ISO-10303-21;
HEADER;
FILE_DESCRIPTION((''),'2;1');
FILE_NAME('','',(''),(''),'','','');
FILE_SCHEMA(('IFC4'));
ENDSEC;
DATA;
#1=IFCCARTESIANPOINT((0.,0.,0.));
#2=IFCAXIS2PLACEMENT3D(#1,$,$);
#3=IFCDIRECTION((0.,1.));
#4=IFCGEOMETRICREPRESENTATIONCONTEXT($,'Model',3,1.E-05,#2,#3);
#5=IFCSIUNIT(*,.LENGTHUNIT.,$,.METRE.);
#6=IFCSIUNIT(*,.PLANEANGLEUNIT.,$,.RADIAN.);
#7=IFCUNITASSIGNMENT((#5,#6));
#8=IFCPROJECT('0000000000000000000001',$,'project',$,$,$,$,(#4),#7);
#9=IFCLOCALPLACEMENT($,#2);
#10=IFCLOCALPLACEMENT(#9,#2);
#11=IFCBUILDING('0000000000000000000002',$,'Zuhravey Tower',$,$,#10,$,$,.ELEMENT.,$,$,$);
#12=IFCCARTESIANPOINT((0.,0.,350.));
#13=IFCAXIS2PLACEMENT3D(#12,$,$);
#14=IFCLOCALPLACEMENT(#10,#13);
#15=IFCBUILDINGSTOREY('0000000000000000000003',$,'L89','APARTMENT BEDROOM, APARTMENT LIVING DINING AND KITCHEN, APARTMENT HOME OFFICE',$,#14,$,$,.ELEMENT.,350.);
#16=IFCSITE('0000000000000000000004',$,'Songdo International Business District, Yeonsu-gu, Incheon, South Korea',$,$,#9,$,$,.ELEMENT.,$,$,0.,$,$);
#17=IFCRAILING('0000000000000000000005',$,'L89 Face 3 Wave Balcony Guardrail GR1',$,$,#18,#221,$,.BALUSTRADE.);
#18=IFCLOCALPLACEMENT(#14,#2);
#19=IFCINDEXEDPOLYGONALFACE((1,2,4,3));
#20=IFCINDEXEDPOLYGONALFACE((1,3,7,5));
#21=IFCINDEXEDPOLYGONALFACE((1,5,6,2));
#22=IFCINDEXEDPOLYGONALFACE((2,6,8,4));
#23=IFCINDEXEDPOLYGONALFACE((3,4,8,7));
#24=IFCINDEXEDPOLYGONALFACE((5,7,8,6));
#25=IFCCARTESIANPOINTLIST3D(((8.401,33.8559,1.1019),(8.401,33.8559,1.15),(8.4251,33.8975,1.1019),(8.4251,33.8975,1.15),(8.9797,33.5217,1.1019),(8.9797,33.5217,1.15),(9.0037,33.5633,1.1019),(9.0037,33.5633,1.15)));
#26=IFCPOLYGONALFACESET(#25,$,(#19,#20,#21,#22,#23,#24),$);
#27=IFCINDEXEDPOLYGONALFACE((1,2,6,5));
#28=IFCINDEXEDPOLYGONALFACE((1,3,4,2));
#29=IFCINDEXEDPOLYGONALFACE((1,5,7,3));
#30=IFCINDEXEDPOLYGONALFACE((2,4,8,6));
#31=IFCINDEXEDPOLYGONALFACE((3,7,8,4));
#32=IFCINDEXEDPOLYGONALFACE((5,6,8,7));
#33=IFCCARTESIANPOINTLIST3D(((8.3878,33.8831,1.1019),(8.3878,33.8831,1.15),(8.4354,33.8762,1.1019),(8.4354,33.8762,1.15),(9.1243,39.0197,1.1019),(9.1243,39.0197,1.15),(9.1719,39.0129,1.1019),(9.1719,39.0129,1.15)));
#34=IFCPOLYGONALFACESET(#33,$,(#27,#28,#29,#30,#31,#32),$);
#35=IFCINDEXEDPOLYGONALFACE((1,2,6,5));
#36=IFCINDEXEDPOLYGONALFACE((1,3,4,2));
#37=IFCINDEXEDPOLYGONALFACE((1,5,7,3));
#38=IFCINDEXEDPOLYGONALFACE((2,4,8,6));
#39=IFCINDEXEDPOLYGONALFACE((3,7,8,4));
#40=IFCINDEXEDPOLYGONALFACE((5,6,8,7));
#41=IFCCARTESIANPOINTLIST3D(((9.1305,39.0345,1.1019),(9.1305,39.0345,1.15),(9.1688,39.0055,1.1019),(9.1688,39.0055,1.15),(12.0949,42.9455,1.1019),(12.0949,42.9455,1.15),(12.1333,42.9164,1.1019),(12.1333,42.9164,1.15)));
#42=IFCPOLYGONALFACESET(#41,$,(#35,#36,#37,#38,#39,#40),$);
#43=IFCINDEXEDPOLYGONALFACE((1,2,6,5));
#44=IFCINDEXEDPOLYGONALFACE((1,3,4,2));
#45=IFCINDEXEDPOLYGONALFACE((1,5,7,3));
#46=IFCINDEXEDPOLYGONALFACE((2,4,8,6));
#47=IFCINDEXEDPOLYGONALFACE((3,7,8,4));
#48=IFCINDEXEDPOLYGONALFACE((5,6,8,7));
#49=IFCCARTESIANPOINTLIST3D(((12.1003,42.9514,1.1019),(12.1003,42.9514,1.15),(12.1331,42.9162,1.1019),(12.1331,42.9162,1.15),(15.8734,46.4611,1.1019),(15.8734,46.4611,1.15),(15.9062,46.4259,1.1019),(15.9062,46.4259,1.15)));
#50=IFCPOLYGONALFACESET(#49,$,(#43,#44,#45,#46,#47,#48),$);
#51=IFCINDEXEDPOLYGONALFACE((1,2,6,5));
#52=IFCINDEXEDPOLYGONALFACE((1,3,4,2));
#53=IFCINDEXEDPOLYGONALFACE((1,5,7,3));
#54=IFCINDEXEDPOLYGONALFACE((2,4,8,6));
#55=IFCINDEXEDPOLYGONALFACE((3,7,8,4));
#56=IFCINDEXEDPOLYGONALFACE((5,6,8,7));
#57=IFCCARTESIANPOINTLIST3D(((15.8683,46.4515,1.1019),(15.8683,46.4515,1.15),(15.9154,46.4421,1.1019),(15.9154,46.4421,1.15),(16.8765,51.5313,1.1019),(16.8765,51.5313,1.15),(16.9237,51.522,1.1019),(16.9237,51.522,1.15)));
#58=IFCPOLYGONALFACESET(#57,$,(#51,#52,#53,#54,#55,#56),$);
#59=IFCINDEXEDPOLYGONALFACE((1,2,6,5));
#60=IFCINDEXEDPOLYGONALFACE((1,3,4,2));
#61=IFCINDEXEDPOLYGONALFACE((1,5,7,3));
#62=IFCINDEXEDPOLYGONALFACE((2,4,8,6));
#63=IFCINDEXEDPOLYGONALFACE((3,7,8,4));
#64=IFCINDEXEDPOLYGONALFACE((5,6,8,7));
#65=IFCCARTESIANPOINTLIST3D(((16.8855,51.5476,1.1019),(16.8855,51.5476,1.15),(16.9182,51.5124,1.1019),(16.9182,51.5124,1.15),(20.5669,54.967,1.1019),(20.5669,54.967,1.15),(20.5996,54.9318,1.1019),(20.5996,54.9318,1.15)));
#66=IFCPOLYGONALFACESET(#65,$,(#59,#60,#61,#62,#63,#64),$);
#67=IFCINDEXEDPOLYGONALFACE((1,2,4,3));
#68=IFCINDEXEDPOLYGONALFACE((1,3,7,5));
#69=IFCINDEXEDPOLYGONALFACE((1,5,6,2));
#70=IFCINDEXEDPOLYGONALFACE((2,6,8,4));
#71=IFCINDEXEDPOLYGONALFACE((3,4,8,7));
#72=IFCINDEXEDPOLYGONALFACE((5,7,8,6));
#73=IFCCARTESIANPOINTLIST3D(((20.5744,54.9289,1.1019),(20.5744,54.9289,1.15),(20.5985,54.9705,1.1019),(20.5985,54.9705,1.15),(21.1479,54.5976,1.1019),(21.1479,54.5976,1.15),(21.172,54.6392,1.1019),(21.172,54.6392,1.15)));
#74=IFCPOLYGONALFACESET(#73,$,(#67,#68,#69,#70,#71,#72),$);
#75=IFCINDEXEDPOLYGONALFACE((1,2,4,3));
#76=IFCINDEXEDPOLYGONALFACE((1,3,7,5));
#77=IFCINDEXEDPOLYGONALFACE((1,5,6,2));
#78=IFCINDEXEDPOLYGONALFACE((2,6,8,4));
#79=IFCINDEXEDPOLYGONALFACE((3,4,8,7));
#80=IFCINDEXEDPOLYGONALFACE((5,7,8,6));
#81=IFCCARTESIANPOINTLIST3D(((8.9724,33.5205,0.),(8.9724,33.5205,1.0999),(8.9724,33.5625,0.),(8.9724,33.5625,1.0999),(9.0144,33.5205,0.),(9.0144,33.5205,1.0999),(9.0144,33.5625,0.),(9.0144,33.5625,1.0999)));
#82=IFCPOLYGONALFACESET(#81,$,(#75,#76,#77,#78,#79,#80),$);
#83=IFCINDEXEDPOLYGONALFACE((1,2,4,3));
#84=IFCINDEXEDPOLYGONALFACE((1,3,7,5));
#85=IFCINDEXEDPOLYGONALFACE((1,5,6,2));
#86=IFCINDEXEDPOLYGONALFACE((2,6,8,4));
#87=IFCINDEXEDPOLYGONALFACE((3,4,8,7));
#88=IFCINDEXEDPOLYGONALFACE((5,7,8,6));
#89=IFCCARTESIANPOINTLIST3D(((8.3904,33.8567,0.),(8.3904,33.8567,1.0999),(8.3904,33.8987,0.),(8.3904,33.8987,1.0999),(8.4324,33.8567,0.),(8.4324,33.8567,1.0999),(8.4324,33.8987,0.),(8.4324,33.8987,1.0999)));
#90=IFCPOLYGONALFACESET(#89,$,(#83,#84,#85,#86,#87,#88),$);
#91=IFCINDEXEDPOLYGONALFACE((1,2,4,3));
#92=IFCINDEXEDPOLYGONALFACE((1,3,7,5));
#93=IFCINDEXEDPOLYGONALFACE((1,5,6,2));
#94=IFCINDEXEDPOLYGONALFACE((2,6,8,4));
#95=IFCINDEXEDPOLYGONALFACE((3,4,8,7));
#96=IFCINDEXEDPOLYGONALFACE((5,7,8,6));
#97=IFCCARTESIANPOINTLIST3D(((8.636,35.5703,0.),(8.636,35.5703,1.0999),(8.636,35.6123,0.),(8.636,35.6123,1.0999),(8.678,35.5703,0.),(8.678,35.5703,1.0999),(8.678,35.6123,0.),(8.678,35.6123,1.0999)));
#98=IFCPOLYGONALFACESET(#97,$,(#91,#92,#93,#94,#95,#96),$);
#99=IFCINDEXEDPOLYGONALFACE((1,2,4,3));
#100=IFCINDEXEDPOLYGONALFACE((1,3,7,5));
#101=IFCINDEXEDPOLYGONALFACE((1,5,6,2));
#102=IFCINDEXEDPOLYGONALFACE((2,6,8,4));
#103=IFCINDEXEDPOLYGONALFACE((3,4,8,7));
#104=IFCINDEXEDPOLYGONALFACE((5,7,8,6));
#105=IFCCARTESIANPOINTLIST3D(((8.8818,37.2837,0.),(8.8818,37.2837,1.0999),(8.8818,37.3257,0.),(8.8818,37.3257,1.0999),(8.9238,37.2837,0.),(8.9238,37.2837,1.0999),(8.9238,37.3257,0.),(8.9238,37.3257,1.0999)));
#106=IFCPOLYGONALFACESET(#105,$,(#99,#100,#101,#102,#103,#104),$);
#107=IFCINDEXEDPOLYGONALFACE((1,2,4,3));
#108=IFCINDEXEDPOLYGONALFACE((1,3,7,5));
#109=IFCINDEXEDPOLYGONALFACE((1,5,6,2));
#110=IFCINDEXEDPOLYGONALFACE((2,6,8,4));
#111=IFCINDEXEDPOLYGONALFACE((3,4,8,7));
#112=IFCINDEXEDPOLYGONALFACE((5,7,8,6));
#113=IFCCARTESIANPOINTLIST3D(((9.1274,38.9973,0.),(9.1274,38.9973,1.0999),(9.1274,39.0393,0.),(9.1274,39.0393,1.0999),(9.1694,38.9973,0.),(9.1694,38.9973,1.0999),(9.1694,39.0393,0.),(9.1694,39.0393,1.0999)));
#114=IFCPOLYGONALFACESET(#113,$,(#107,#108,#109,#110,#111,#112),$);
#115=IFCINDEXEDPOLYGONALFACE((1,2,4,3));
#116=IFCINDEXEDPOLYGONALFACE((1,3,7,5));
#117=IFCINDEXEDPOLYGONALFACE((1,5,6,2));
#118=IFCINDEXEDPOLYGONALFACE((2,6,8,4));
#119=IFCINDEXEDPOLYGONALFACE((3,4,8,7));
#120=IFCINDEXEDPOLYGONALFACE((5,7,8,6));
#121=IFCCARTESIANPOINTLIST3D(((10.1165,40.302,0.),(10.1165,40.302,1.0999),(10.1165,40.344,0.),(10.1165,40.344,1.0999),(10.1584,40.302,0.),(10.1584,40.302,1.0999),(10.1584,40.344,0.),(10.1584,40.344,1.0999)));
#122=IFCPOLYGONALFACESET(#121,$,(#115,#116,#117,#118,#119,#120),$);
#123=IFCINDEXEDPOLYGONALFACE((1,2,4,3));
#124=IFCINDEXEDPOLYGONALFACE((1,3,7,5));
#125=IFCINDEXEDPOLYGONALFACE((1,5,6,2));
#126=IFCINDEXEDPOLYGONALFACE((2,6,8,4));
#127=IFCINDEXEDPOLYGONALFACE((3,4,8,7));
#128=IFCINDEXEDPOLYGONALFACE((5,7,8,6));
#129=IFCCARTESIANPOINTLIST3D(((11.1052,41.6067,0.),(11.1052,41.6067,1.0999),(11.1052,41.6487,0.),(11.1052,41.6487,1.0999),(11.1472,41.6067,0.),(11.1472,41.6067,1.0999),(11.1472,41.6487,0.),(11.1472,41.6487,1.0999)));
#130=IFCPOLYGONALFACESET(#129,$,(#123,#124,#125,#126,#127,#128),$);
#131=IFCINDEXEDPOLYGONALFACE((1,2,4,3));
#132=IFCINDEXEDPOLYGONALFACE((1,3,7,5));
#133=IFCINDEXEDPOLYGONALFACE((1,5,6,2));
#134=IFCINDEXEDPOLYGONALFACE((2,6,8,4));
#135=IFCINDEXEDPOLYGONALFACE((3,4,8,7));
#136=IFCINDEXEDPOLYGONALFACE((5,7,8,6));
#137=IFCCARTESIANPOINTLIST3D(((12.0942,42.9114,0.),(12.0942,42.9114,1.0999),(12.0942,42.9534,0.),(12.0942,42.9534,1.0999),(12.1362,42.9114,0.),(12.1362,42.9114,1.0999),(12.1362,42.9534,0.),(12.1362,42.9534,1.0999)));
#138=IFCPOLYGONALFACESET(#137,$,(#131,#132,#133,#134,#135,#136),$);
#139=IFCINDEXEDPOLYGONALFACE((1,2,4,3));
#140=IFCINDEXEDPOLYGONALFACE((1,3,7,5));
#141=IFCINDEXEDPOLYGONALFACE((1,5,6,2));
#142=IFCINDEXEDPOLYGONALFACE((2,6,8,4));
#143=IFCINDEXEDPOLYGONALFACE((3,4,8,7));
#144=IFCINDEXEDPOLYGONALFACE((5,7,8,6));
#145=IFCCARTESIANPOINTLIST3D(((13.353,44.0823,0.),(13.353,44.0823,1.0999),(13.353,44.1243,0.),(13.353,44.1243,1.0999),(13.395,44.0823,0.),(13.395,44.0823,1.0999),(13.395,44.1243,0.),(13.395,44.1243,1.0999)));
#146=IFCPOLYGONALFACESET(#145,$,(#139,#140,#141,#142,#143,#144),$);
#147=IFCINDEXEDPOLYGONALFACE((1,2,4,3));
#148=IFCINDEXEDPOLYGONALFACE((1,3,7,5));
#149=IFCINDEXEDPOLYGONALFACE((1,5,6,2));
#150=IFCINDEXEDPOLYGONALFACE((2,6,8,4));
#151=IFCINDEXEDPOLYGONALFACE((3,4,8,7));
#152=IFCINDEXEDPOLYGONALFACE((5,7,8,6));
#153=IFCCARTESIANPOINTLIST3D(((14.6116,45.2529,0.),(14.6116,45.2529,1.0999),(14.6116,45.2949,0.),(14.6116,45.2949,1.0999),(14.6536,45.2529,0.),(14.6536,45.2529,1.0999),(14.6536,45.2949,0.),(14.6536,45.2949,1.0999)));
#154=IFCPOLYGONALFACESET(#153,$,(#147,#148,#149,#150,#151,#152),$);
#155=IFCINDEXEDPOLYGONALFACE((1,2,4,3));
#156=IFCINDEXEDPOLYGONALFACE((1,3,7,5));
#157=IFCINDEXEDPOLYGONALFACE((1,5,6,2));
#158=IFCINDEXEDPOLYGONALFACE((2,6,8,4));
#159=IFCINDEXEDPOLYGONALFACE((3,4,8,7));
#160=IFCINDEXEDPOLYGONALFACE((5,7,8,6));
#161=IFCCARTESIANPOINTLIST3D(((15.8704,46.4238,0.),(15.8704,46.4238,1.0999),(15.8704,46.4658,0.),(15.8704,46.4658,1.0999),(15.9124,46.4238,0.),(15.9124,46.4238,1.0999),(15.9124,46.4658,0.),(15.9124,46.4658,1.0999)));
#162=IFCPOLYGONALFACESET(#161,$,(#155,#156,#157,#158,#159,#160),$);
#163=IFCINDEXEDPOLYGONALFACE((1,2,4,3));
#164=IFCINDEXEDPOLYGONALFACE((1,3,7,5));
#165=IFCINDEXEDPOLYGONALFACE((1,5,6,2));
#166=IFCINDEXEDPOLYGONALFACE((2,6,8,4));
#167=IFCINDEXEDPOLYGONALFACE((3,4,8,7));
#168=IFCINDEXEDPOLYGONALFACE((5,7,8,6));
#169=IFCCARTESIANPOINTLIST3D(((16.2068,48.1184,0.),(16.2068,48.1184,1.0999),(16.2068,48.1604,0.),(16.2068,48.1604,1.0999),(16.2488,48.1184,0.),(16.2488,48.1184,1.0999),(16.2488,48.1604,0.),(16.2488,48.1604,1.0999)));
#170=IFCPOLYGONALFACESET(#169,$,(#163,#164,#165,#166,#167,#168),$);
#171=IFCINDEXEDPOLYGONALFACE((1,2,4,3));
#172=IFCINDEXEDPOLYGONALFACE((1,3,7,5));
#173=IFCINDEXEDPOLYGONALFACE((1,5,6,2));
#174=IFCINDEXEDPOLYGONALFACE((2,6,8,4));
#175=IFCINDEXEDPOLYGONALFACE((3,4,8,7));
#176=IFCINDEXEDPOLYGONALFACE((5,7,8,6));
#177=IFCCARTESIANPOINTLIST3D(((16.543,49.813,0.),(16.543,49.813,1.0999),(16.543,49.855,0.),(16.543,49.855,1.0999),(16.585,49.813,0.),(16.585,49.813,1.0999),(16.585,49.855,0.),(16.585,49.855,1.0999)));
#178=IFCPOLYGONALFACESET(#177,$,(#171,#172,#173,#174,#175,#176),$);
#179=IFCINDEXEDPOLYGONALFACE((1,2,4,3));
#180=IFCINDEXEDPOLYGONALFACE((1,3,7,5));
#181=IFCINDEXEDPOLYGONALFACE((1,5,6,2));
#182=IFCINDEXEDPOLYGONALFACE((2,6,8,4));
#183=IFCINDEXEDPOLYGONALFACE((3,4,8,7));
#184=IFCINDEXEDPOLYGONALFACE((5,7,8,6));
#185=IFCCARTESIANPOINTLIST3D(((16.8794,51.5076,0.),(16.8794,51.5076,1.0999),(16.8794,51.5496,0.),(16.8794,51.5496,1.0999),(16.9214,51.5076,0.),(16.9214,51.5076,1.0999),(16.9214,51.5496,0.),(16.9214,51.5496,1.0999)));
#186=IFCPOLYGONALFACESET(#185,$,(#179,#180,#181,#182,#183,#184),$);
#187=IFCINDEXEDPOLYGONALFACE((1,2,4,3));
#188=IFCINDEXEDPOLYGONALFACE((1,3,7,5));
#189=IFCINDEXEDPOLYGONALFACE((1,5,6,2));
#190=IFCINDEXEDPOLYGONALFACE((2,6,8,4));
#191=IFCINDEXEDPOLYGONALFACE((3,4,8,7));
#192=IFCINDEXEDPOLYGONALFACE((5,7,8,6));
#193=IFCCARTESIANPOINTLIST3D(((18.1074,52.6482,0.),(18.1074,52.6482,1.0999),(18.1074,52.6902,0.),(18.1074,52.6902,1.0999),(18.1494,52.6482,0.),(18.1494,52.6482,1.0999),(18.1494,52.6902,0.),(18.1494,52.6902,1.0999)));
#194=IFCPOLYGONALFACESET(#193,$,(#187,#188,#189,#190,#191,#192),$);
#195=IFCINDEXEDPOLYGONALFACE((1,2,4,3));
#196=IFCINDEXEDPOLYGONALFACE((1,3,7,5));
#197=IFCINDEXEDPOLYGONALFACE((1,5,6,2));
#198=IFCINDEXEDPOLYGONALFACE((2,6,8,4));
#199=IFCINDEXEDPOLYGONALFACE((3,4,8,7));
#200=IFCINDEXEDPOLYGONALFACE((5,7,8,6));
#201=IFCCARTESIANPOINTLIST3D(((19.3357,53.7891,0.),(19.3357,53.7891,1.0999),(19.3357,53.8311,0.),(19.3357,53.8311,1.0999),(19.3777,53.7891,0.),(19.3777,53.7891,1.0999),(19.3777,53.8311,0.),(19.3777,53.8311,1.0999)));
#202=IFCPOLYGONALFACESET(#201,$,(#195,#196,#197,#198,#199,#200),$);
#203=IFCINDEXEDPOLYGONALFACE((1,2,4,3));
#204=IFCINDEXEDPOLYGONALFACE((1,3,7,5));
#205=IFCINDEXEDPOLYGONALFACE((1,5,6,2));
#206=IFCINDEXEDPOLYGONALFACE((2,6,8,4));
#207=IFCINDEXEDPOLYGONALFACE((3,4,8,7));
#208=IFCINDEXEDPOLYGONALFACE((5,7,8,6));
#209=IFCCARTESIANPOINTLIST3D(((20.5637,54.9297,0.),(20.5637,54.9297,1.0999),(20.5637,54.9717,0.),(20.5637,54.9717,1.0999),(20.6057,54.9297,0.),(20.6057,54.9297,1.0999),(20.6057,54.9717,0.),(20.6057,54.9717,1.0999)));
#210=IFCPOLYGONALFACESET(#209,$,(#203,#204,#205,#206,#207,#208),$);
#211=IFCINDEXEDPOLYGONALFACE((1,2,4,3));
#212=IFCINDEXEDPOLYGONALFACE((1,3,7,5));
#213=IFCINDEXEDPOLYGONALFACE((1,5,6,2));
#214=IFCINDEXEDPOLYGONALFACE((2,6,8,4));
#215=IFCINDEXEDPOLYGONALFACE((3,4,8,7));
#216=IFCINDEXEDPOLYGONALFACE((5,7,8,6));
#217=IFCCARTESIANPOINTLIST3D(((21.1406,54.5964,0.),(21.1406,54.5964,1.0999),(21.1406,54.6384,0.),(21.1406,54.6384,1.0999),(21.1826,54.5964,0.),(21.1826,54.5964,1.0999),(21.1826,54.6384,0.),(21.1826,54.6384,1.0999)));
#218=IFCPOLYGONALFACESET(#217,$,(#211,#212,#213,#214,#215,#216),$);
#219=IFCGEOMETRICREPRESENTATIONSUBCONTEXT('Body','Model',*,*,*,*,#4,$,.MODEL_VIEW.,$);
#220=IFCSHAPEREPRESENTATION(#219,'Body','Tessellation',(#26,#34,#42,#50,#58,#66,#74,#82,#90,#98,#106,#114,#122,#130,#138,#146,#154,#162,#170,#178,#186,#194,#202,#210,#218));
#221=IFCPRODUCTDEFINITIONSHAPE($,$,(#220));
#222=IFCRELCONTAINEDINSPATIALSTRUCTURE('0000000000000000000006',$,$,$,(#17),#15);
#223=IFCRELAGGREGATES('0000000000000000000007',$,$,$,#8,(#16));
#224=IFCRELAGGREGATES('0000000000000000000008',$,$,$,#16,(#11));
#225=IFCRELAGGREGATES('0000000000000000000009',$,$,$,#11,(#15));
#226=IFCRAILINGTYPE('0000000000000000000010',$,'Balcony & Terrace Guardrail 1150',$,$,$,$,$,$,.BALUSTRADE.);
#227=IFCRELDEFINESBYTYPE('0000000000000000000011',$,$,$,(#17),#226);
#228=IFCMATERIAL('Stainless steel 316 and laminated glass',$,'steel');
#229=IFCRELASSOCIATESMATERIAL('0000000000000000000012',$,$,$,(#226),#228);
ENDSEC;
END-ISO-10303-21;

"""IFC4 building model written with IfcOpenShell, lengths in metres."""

from ifc_helpers import new_model, si_unit, direction, frame, origin, origin_2d, place, context, subcontext, project, spatial, rectangle, extrude, material, type_object, element, save


model = new_model("IFC4")

# Units and contexts
model_context = context("Model", 3, precision=1e-05, world=origin(), true_north=direction((0.0, 1.0)))
body_context = subcontext(model_context, "Body", "Model", "MODEL_VIEW")
ifc_project = project(units=[si_unit("LENGTHUNIT", "METRE"), si_unit("PLANEANGLEUNIT", "RADIAN")], contexts=[model_context])

# Site, building, storey
site_placement = place(None, origin())
site = spatial("IfcSite", under=ifc_project, at=site_placement, Name="Songdo International Business District, Yeonsu-gu, Incheon, South Korea", CompositionType="ELEMENT", RefElevation=0.0)
building_placement = place(site_placement, origin())
building = spatial("IfcBuilding", under=site, at=building_placement, Name="Zuhravey Tower", CompositionType="ELEMENT")
storey_placement = place(building_placement, frame((0.0, 0.0, 350.0)))
storey = spatial("IfcBuildingStorey", under=building, at=storey_placement, Name="L89", Description="APARTMENT BEDROOM, APARTMENT LIVING DINING AND KITCHEN, APARTMENT HOME OFFICE", CompositionType="ELEMENT", Elevation=350.0)

# Railing
ifc_material_1 = material(Name="Stainless steel 316 and laminated glass", Category="steel")
railing_type = type_object("IfcRailingType", Name="Balcony & Terrace Guardrail 1150", PredefinedType="BALUSTRADE", material=ifc_material_1)
railing_placement = place(storey_placement, frame((8.9934, 33.5415, 0.0)))
element("IfcRailing", 1, at=railing_placement, inside=storey, type_object=railing_type, Name="L89 Face 3 Wave Balcony Guardrail GR1", PredefinedType="BALUSTRADE", context=body_context, shape_type="SweptSolid", body=[
    extrude(rectangle(XDim=0.0481, YDim=0.0481, at=origin_2d()), frame((-0.0017, 0.001, 1.126), z_axis=(-0.865931, 0.500163, 0.0), x_axis=(-0.500163, -0.865931, 0.0)), (0.0, 0.0, 1.0), 0.6682),
    extrude(rectangle(XDim=0.0481, YDim=0.0481, at=origin_2d()), frame((-0.5818, 0.3381, 1.126), z_axis=(0.141928, 0.989877, 0.0), x_axis=(-0.989877, 0.141928, 0.0)), (0.0, 0.0, 1.0), 5.1892),
    extrude(rectangle(XDim=0.0481, YDim=0.0481, at=origin_2d()), frame((0.1562, 5.4785, 1.126), z_axis=(0.604064, 0.796936, 0.0), x_axis=(-0.796936, 0.604064, 0.0)), (0.0, 0.0, 1.0), 4.9075),
    extrude(rectangle(XDim=0.0481, YDim=0.0481, at=origin_2d()), frame((3.1233, 9.3923, 1.126), z_axis=(0.732208, 0.681081, 0.0), x_axis=(-0.681081, 0.732208, 0.0)), (0.0, 0.0, 1.0), 5.1531),
    extrude(rectangle(XDim=0.0481, YDim=0.0481, at=origin_2d()), frame((6.8984, 12.9053, 1.126), z_axis=(0.194685, 0.980866, 0.0), x_axis=(-0.980866, 0.194685, 0.0)), (0.0, 0.0, 1.0), 5.179),
    extrude(rectangle(XDim=0.0481, YDim=0.0481, at=origin_2d()), frame((7.9084, 17.9885, 1.126), z_axis=(0.732698, 0.680554, 0.0), x_axis=(-0.680554, 0.732698, 0.0)), (0.0, 0.0, 1.0), 5.0244),
    extrude(rectangle(XDim=0.0481, YDim=0.0481, at=origin_2d()), frame((11.593, 21.4082, 1.126), z_axis=(0.865911, -0.500198, 0.0), x_axis=(0.500198, 0.865911, 0.0)), (0.0, 0.0, 1.0), 0.6624),
    extrude(rectangle(XDim=0.042, YDim=0.042, at=origin_2d()), origin(), (0.0, 0.0, 1.0), 1.0999),
    extrude(rectangle(XDim=0.042, YDim=0.042, at=origin_2d()), frame((-0.582, 0.3362, 0.0)), (0.0, 0.0, 1.0), 1.0999),
    extrude(rectangle(XDim=0.042, YDim=0.042, at=origin_2d()), frame((-0.3364, 2.0498, 0.0)), (0.0, 0.0, 1.0), 1.0999),
    extrude(rectangle(XDim=0.042, YDim=0.042, at=origin_2d()), frame((-0.0906, 3.7632, 0.0)), (0.0, 0.0, 1.0), 1.0999),
    extrude(rectangle(XDim=0.042, YDim=0.042, at=origin_2d()), frame((0.155, 5.4768, 0.0)), (0.0, 0.0, 1.0), 1.0999),
    extrude(rectangle(XDim=0.042, YDim=0.042, at=origin_2d()), frame((1.144, 6.7815, 0.0)), (0.0, 0.0, 1.0), 1.0999),
    extrude(rectangle(XDim=0.042, YDim=0.042, at=origin_2d()), frame((2.1328, 8.0862, 0.0)), (0.0, 0.0, 1.0), 1.0999),
    extrude(rectangle(XDim=0.042, YDim=0.042, at=origin_2d()), frame((3.1218, 9.3909, 0.0)), (0.0, 0.0, 1.0), 1.0999),
    extrude(rectangle(XDim=0.042, YDim=0.042, at=origin_2d()), frame((4.3806, 10.5618, 0.0)), (0.0, 0.0, 1.0), 1.0999),
    extrude(rectangle(XDim=0.042, YDim=0.042, at=origin_2d()), frame((5.6392, 11.7324, 0.0)), (0.0, 0.0, 1.0), 1.0999),
    extrude(rectangle(XDim=0.042, YDim=0.042, at=origin_2d()), frame((6.8979, 12.9033, 0.0)), (0.0, 0.0, 1.0), 1.0999),
    extrude(rectangle(XDim=0.042, YDim=0.042, at=origin_2d()), frame((7.2344, 14.5979, 0.0)), (0.0, 0.0, 1.0), 1.0999),
    extrude(rectangle(XDim=0.042, YDim=0.042, at=origin_2d()), frame((7.5706, 16.2925, 0.0)), (0.0, 0.0, 1.0), 1.0999),
    extrude(rectangle(XDim=0.042, YDim=0.042, at=origin_2d()), frame((7.907, 17.9871, 0.0)), (0.0, 0.0, 1.0), 1.0999),
    extrude(rectangle(XDim=0.042, YDim=0.042, at=origin_2d()), frame((9.135, 19.1277, 0.0)), (0.0, 0.0, 1.0), 1.0999),
    extrude(rectangle(XDim=0.042, YDim=0.042, at=origin_2d()), frame((10.3633, 20.2686, 0.0)), (0.0, 0.0, 1.0), 1.0999),
    extrude(rectangle(XDim=0.042, YDim=0.042, at=origin_2d()), frame((11.5913, 21.4092, 0.0)), (0.0, 0.0, 1.0), 1.0999),
    extrude(rectangle(XDim=0.042, YDim=0.042, at=origin_2d()), frame((12.1682, 21.0759, 0.0)), (0.0, 0.0, 1.0), 1.0999),
])

save(model, "model.ifc")
